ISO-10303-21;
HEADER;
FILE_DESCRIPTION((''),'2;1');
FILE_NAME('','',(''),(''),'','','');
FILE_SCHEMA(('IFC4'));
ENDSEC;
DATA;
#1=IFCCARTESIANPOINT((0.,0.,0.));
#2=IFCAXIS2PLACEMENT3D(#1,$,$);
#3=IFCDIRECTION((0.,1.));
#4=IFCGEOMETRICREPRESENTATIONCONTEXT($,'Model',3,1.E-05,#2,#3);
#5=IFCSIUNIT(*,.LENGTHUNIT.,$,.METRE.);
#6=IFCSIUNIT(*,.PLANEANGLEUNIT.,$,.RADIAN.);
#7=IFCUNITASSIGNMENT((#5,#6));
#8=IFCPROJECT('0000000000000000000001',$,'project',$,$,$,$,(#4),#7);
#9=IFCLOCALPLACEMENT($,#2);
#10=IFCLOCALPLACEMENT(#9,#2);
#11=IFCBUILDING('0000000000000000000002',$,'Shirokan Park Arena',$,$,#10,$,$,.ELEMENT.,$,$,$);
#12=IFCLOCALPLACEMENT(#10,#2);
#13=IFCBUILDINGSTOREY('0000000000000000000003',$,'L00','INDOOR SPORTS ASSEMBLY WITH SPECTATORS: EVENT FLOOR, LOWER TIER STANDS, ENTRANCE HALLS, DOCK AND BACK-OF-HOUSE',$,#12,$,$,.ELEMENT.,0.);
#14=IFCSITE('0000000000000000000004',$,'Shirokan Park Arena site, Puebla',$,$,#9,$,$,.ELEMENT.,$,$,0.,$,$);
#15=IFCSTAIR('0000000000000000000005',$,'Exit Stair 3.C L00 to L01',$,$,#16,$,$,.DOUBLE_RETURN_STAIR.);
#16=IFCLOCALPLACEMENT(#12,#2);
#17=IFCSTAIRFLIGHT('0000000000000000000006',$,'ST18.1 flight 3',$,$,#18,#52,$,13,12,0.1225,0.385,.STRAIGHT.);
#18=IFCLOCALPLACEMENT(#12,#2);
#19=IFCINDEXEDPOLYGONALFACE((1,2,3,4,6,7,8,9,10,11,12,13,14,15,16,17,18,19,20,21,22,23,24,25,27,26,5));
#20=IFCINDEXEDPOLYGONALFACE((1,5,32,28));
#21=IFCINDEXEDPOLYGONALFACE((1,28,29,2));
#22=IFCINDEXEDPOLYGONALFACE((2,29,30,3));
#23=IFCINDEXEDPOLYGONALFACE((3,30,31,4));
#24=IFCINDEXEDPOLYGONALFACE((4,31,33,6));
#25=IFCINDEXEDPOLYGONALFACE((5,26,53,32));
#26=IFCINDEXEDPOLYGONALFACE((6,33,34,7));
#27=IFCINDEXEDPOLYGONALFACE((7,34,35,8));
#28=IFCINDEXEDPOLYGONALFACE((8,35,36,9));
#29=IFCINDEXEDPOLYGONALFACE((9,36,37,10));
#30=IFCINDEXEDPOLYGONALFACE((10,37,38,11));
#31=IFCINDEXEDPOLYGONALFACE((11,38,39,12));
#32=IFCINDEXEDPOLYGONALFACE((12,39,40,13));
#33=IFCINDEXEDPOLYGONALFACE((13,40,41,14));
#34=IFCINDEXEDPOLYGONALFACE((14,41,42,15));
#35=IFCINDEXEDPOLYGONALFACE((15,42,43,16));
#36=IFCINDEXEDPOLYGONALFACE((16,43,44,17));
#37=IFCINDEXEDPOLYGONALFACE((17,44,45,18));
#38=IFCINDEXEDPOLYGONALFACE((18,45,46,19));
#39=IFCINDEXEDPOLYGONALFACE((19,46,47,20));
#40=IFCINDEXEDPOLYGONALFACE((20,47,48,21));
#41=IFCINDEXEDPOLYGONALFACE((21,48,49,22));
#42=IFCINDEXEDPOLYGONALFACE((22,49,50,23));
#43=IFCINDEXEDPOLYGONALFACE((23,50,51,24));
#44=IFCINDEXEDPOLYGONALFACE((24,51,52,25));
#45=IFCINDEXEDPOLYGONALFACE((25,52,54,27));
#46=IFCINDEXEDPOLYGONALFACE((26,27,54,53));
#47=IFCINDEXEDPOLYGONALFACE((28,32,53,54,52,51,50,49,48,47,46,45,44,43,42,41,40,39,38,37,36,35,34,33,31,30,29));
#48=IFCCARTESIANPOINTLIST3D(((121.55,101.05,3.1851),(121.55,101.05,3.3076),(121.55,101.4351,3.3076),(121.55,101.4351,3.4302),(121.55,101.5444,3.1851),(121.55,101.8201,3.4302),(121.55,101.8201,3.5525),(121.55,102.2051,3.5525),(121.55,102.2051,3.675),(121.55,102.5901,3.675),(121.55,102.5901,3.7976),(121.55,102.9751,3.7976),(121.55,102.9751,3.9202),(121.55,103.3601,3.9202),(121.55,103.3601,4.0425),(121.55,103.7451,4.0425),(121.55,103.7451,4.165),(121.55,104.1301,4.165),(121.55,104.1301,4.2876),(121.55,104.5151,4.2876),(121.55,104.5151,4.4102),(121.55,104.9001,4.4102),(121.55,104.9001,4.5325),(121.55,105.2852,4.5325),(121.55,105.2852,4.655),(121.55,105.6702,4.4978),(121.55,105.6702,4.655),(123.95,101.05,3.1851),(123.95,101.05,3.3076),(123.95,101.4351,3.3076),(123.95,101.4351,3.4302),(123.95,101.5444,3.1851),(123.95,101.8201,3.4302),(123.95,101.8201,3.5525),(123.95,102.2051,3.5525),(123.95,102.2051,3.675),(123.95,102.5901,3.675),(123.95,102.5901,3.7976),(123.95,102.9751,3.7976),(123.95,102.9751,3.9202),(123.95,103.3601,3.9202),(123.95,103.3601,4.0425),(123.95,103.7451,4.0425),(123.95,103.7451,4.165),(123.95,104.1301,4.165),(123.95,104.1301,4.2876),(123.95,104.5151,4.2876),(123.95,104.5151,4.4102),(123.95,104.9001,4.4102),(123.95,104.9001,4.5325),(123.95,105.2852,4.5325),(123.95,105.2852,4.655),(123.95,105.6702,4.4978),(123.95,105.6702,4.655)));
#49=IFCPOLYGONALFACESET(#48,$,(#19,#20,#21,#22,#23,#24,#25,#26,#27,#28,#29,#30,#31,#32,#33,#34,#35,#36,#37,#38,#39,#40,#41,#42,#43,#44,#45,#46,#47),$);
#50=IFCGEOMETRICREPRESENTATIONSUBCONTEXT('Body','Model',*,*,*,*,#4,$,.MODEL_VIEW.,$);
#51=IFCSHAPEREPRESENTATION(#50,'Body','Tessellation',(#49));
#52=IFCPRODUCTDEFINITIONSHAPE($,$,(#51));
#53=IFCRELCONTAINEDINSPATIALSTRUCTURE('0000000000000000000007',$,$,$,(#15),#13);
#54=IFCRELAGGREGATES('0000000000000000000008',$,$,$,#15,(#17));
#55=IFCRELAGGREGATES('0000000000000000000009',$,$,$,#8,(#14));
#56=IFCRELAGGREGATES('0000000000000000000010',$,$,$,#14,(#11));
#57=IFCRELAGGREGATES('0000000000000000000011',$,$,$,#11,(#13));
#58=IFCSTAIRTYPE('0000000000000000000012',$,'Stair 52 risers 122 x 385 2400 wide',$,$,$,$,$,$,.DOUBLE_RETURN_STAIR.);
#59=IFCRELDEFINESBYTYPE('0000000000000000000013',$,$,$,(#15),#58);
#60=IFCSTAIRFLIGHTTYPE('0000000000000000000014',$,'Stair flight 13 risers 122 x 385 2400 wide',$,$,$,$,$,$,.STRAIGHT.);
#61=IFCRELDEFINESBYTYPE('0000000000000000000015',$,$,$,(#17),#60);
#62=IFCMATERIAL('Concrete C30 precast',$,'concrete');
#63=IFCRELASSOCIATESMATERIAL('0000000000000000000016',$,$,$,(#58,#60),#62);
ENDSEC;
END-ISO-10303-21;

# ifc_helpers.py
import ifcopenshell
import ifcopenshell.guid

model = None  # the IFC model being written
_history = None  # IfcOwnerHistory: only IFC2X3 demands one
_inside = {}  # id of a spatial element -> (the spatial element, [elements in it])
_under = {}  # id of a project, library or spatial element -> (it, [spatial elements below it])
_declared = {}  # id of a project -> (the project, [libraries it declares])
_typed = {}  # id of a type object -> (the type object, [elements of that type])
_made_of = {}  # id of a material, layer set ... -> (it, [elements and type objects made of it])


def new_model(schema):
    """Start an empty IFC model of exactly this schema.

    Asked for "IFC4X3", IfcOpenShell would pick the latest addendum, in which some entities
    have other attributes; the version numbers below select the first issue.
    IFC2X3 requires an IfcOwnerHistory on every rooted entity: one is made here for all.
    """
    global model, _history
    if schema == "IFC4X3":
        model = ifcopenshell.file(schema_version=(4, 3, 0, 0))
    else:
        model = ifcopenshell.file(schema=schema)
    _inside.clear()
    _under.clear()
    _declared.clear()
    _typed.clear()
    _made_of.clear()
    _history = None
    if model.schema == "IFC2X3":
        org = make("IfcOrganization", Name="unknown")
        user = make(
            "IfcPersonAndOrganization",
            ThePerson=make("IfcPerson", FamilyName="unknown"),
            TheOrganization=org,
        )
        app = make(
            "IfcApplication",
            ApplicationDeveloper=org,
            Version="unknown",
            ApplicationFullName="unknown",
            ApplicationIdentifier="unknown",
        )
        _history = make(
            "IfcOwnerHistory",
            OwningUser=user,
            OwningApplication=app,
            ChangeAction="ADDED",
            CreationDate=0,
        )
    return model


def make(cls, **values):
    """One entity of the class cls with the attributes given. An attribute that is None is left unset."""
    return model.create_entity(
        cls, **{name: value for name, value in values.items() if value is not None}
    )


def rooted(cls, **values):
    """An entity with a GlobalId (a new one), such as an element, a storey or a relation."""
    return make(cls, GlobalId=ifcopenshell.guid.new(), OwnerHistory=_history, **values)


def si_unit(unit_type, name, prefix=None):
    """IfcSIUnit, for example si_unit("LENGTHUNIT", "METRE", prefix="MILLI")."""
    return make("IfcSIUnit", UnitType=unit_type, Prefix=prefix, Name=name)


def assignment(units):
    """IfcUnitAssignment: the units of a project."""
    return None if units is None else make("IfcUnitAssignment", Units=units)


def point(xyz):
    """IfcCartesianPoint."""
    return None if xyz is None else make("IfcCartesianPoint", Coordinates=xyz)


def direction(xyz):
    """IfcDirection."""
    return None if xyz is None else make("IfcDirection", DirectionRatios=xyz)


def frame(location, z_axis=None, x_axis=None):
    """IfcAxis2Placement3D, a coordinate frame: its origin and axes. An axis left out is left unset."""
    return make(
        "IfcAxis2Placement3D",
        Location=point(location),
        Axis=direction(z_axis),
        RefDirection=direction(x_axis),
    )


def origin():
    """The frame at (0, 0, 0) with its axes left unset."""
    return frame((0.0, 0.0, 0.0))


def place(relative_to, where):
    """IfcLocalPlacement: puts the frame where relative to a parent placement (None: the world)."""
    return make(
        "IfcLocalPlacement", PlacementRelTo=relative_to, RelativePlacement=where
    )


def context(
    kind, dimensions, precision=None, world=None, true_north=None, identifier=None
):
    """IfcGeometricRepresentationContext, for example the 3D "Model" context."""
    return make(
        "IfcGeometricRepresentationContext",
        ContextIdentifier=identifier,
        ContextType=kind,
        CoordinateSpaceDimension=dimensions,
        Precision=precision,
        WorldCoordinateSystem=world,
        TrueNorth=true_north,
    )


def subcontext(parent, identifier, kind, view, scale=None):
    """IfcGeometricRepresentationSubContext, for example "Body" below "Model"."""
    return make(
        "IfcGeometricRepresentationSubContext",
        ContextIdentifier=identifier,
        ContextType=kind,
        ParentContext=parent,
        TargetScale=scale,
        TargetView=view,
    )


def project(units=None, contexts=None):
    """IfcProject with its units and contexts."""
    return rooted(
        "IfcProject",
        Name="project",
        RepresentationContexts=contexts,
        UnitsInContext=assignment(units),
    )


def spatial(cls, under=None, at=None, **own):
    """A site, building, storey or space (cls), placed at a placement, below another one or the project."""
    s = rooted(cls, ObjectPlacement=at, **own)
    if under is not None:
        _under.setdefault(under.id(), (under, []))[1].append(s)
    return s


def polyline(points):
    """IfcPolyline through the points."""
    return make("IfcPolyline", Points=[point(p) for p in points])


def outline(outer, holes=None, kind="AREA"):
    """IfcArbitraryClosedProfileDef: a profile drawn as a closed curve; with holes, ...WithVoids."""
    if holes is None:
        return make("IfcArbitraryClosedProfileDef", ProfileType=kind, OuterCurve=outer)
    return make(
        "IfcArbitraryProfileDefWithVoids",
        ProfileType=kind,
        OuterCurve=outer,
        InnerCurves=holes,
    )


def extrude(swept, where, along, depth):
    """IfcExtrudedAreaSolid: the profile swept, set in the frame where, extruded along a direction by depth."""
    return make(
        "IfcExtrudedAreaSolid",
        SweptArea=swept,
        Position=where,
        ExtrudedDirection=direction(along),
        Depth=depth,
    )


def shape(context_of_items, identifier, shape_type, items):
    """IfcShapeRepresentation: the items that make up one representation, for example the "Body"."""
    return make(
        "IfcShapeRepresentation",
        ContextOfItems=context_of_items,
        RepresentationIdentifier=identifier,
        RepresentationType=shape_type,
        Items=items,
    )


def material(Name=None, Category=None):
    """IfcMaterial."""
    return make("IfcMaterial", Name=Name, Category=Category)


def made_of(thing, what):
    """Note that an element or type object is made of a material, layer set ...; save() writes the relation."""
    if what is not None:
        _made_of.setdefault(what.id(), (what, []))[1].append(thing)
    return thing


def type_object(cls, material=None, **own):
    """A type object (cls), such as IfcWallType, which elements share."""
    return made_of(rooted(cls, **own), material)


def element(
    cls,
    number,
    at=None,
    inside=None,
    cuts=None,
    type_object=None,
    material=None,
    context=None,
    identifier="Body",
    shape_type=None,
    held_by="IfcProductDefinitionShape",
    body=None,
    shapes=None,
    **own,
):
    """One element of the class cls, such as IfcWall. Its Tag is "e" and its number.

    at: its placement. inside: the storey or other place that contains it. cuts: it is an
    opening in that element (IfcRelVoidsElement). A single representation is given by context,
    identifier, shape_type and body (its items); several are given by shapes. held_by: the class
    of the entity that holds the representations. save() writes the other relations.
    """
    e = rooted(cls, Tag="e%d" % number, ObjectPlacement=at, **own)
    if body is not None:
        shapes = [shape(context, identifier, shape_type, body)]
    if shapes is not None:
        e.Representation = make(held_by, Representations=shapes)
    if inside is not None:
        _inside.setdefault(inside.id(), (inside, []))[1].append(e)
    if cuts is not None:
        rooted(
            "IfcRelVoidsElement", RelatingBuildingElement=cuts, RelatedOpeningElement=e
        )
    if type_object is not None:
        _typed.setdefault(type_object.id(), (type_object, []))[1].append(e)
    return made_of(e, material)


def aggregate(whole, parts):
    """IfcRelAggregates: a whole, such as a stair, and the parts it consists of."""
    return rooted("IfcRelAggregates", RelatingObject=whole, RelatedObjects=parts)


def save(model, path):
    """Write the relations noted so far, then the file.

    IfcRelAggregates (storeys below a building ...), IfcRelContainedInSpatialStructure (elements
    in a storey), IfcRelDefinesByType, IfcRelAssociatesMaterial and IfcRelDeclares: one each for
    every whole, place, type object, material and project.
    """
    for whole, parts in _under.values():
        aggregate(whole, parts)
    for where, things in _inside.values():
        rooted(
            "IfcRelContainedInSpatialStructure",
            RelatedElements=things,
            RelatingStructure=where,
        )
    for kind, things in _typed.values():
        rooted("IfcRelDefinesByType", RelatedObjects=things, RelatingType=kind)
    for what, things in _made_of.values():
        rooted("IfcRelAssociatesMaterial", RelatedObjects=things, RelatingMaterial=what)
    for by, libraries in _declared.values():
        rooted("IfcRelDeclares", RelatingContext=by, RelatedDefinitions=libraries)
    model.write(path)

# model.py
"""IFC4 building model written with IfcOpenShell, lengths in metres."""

from ifc_helpers import new_model, si_unit, direction, frame, origin, place, context, subcontext, project, spatial, polyline, outline, extrude, material, type_object, element, aggregate, save


model = new_model("IFC4")

# Units and contexts
model_context = context("Model", 3, precision=1e-05, world=origin(), true_north=direction((0.0, 1.0)))
body_context = subcontext(model_context, "Body", "Model", "MODEL_VIEW")
ifc_project = project(units=[si_unit("LENGTHUNIT", "METRE"), si_unit("PLANEANGLEUNIT", "RADIAN")], contexts=[model_context])

# Site, building, storey
site_placement = place(None, origin())
site = spatial("IfcSite", under=ifc_project, at=site_placement, Name="Shirokan Park Arena site, Puebla", CompositionType="ELEMENT", RefElevation=0.0)
building_placement = place(site_placement, origin())
building = spatial("IfcBuilding", under=site, at=building_placement, Name="Shirokan Park Arena", CompositionType="ELEMENT")
storey_placement = place(building_placement, origin())
storey = spatial("IfcBuildingStorey", under=building, at=storey_placement, Name="L00", Description="INDOOR SPORTS ASSEMBLY WITH SPECTATORS: EVENT FLOOR, LOWER TIER STANDS, ENTRANCE HALLS, DOCK AND BACK-OF-HOUSE", CompositionType="ELEMENT", Elevation=0.0)

# Stair, stair flight
ifc_material_1 = material(Name="Concrete C30 precast", Category="concrete")
stair_type = type_object("IfcStairType", Name="Stair 52 risers 122 x 385 2400 wide", PredefinedType="DOUBLE_RETURN_STAIR", material=ifc_material_1)
stair_placement = place(storey_placement, origin())
stair = element("IfcStair", 1, at=stair_placement, inside=storey, type_object=stair_type, Name="Exit Stair 3.C L00 to L01", PredefinedType="DOUBLE_RETURN_STAIR")
stair_flight_type = type_object("IfcStairFlightType", Name="Stair flight 13 risers 122 x 385 2400 wide", PredefinedType="STRAIGHT", material=ifc_material_1)
stair_flight_1_placement = place(storey_placement, frame((122.75, 101.05, 3.1851), z_axis=(0.0, 0.0, 1.0), x_axis=(0.0, 1.0, 0.0)))
stair_flight_1 = element("IfcStairFlight", 2, at=stair_flight_1_placement, type_object=stair_flight_type, Name="ST18.1 flight 3", NumberOfRisers=13, NumberOfTreads=12, PredefinedType="STRAIGHT", RiserHeight=0.1225, TreadLength=0.385, context=body_context, shape_type="SweptSolid", body=[
    extrude(outline(polyline([(0.0, 0.0), (0.0, 0.1226), (0.385, 0.1226), (0.385, 0.2451), (0.77, 0.2451), (0.77, 0.3674), (1.155, 0.3674), (1.155, 0.49), (1.54, 0.49), (1.54, 0.6125), (1.925, 0.6125), (1.925, 0.7351), (2.3101, 0.7351), (2.3101, 0.8574), (2.6951, 0.8574), (2.6951, 0.98), (3.0801, 0.98), (3.0801, 1.1025), (3.4651, 1.1025), (3.4651, 1.2251), (3.8501, 1.2251), (3.8501, 1.3474), (4.2351, 1.3474), (4.2351, 1.47), (4.6201, 1.47), (4.6201, 1.5925), (4.6201, 1.3127), (0.4944, 0.0), (0.0, 0.0)])), frame((0.0, 1.2, 0.0), z_axis=(0.0, -1.0, 0.0), x_axis=(1.0, 0.0, 0.0)), (0.0, 0.0, 1.0), 2.3999),
])
aggregate(stair, [stair_flight_1])

save(model, "model.ifc")
